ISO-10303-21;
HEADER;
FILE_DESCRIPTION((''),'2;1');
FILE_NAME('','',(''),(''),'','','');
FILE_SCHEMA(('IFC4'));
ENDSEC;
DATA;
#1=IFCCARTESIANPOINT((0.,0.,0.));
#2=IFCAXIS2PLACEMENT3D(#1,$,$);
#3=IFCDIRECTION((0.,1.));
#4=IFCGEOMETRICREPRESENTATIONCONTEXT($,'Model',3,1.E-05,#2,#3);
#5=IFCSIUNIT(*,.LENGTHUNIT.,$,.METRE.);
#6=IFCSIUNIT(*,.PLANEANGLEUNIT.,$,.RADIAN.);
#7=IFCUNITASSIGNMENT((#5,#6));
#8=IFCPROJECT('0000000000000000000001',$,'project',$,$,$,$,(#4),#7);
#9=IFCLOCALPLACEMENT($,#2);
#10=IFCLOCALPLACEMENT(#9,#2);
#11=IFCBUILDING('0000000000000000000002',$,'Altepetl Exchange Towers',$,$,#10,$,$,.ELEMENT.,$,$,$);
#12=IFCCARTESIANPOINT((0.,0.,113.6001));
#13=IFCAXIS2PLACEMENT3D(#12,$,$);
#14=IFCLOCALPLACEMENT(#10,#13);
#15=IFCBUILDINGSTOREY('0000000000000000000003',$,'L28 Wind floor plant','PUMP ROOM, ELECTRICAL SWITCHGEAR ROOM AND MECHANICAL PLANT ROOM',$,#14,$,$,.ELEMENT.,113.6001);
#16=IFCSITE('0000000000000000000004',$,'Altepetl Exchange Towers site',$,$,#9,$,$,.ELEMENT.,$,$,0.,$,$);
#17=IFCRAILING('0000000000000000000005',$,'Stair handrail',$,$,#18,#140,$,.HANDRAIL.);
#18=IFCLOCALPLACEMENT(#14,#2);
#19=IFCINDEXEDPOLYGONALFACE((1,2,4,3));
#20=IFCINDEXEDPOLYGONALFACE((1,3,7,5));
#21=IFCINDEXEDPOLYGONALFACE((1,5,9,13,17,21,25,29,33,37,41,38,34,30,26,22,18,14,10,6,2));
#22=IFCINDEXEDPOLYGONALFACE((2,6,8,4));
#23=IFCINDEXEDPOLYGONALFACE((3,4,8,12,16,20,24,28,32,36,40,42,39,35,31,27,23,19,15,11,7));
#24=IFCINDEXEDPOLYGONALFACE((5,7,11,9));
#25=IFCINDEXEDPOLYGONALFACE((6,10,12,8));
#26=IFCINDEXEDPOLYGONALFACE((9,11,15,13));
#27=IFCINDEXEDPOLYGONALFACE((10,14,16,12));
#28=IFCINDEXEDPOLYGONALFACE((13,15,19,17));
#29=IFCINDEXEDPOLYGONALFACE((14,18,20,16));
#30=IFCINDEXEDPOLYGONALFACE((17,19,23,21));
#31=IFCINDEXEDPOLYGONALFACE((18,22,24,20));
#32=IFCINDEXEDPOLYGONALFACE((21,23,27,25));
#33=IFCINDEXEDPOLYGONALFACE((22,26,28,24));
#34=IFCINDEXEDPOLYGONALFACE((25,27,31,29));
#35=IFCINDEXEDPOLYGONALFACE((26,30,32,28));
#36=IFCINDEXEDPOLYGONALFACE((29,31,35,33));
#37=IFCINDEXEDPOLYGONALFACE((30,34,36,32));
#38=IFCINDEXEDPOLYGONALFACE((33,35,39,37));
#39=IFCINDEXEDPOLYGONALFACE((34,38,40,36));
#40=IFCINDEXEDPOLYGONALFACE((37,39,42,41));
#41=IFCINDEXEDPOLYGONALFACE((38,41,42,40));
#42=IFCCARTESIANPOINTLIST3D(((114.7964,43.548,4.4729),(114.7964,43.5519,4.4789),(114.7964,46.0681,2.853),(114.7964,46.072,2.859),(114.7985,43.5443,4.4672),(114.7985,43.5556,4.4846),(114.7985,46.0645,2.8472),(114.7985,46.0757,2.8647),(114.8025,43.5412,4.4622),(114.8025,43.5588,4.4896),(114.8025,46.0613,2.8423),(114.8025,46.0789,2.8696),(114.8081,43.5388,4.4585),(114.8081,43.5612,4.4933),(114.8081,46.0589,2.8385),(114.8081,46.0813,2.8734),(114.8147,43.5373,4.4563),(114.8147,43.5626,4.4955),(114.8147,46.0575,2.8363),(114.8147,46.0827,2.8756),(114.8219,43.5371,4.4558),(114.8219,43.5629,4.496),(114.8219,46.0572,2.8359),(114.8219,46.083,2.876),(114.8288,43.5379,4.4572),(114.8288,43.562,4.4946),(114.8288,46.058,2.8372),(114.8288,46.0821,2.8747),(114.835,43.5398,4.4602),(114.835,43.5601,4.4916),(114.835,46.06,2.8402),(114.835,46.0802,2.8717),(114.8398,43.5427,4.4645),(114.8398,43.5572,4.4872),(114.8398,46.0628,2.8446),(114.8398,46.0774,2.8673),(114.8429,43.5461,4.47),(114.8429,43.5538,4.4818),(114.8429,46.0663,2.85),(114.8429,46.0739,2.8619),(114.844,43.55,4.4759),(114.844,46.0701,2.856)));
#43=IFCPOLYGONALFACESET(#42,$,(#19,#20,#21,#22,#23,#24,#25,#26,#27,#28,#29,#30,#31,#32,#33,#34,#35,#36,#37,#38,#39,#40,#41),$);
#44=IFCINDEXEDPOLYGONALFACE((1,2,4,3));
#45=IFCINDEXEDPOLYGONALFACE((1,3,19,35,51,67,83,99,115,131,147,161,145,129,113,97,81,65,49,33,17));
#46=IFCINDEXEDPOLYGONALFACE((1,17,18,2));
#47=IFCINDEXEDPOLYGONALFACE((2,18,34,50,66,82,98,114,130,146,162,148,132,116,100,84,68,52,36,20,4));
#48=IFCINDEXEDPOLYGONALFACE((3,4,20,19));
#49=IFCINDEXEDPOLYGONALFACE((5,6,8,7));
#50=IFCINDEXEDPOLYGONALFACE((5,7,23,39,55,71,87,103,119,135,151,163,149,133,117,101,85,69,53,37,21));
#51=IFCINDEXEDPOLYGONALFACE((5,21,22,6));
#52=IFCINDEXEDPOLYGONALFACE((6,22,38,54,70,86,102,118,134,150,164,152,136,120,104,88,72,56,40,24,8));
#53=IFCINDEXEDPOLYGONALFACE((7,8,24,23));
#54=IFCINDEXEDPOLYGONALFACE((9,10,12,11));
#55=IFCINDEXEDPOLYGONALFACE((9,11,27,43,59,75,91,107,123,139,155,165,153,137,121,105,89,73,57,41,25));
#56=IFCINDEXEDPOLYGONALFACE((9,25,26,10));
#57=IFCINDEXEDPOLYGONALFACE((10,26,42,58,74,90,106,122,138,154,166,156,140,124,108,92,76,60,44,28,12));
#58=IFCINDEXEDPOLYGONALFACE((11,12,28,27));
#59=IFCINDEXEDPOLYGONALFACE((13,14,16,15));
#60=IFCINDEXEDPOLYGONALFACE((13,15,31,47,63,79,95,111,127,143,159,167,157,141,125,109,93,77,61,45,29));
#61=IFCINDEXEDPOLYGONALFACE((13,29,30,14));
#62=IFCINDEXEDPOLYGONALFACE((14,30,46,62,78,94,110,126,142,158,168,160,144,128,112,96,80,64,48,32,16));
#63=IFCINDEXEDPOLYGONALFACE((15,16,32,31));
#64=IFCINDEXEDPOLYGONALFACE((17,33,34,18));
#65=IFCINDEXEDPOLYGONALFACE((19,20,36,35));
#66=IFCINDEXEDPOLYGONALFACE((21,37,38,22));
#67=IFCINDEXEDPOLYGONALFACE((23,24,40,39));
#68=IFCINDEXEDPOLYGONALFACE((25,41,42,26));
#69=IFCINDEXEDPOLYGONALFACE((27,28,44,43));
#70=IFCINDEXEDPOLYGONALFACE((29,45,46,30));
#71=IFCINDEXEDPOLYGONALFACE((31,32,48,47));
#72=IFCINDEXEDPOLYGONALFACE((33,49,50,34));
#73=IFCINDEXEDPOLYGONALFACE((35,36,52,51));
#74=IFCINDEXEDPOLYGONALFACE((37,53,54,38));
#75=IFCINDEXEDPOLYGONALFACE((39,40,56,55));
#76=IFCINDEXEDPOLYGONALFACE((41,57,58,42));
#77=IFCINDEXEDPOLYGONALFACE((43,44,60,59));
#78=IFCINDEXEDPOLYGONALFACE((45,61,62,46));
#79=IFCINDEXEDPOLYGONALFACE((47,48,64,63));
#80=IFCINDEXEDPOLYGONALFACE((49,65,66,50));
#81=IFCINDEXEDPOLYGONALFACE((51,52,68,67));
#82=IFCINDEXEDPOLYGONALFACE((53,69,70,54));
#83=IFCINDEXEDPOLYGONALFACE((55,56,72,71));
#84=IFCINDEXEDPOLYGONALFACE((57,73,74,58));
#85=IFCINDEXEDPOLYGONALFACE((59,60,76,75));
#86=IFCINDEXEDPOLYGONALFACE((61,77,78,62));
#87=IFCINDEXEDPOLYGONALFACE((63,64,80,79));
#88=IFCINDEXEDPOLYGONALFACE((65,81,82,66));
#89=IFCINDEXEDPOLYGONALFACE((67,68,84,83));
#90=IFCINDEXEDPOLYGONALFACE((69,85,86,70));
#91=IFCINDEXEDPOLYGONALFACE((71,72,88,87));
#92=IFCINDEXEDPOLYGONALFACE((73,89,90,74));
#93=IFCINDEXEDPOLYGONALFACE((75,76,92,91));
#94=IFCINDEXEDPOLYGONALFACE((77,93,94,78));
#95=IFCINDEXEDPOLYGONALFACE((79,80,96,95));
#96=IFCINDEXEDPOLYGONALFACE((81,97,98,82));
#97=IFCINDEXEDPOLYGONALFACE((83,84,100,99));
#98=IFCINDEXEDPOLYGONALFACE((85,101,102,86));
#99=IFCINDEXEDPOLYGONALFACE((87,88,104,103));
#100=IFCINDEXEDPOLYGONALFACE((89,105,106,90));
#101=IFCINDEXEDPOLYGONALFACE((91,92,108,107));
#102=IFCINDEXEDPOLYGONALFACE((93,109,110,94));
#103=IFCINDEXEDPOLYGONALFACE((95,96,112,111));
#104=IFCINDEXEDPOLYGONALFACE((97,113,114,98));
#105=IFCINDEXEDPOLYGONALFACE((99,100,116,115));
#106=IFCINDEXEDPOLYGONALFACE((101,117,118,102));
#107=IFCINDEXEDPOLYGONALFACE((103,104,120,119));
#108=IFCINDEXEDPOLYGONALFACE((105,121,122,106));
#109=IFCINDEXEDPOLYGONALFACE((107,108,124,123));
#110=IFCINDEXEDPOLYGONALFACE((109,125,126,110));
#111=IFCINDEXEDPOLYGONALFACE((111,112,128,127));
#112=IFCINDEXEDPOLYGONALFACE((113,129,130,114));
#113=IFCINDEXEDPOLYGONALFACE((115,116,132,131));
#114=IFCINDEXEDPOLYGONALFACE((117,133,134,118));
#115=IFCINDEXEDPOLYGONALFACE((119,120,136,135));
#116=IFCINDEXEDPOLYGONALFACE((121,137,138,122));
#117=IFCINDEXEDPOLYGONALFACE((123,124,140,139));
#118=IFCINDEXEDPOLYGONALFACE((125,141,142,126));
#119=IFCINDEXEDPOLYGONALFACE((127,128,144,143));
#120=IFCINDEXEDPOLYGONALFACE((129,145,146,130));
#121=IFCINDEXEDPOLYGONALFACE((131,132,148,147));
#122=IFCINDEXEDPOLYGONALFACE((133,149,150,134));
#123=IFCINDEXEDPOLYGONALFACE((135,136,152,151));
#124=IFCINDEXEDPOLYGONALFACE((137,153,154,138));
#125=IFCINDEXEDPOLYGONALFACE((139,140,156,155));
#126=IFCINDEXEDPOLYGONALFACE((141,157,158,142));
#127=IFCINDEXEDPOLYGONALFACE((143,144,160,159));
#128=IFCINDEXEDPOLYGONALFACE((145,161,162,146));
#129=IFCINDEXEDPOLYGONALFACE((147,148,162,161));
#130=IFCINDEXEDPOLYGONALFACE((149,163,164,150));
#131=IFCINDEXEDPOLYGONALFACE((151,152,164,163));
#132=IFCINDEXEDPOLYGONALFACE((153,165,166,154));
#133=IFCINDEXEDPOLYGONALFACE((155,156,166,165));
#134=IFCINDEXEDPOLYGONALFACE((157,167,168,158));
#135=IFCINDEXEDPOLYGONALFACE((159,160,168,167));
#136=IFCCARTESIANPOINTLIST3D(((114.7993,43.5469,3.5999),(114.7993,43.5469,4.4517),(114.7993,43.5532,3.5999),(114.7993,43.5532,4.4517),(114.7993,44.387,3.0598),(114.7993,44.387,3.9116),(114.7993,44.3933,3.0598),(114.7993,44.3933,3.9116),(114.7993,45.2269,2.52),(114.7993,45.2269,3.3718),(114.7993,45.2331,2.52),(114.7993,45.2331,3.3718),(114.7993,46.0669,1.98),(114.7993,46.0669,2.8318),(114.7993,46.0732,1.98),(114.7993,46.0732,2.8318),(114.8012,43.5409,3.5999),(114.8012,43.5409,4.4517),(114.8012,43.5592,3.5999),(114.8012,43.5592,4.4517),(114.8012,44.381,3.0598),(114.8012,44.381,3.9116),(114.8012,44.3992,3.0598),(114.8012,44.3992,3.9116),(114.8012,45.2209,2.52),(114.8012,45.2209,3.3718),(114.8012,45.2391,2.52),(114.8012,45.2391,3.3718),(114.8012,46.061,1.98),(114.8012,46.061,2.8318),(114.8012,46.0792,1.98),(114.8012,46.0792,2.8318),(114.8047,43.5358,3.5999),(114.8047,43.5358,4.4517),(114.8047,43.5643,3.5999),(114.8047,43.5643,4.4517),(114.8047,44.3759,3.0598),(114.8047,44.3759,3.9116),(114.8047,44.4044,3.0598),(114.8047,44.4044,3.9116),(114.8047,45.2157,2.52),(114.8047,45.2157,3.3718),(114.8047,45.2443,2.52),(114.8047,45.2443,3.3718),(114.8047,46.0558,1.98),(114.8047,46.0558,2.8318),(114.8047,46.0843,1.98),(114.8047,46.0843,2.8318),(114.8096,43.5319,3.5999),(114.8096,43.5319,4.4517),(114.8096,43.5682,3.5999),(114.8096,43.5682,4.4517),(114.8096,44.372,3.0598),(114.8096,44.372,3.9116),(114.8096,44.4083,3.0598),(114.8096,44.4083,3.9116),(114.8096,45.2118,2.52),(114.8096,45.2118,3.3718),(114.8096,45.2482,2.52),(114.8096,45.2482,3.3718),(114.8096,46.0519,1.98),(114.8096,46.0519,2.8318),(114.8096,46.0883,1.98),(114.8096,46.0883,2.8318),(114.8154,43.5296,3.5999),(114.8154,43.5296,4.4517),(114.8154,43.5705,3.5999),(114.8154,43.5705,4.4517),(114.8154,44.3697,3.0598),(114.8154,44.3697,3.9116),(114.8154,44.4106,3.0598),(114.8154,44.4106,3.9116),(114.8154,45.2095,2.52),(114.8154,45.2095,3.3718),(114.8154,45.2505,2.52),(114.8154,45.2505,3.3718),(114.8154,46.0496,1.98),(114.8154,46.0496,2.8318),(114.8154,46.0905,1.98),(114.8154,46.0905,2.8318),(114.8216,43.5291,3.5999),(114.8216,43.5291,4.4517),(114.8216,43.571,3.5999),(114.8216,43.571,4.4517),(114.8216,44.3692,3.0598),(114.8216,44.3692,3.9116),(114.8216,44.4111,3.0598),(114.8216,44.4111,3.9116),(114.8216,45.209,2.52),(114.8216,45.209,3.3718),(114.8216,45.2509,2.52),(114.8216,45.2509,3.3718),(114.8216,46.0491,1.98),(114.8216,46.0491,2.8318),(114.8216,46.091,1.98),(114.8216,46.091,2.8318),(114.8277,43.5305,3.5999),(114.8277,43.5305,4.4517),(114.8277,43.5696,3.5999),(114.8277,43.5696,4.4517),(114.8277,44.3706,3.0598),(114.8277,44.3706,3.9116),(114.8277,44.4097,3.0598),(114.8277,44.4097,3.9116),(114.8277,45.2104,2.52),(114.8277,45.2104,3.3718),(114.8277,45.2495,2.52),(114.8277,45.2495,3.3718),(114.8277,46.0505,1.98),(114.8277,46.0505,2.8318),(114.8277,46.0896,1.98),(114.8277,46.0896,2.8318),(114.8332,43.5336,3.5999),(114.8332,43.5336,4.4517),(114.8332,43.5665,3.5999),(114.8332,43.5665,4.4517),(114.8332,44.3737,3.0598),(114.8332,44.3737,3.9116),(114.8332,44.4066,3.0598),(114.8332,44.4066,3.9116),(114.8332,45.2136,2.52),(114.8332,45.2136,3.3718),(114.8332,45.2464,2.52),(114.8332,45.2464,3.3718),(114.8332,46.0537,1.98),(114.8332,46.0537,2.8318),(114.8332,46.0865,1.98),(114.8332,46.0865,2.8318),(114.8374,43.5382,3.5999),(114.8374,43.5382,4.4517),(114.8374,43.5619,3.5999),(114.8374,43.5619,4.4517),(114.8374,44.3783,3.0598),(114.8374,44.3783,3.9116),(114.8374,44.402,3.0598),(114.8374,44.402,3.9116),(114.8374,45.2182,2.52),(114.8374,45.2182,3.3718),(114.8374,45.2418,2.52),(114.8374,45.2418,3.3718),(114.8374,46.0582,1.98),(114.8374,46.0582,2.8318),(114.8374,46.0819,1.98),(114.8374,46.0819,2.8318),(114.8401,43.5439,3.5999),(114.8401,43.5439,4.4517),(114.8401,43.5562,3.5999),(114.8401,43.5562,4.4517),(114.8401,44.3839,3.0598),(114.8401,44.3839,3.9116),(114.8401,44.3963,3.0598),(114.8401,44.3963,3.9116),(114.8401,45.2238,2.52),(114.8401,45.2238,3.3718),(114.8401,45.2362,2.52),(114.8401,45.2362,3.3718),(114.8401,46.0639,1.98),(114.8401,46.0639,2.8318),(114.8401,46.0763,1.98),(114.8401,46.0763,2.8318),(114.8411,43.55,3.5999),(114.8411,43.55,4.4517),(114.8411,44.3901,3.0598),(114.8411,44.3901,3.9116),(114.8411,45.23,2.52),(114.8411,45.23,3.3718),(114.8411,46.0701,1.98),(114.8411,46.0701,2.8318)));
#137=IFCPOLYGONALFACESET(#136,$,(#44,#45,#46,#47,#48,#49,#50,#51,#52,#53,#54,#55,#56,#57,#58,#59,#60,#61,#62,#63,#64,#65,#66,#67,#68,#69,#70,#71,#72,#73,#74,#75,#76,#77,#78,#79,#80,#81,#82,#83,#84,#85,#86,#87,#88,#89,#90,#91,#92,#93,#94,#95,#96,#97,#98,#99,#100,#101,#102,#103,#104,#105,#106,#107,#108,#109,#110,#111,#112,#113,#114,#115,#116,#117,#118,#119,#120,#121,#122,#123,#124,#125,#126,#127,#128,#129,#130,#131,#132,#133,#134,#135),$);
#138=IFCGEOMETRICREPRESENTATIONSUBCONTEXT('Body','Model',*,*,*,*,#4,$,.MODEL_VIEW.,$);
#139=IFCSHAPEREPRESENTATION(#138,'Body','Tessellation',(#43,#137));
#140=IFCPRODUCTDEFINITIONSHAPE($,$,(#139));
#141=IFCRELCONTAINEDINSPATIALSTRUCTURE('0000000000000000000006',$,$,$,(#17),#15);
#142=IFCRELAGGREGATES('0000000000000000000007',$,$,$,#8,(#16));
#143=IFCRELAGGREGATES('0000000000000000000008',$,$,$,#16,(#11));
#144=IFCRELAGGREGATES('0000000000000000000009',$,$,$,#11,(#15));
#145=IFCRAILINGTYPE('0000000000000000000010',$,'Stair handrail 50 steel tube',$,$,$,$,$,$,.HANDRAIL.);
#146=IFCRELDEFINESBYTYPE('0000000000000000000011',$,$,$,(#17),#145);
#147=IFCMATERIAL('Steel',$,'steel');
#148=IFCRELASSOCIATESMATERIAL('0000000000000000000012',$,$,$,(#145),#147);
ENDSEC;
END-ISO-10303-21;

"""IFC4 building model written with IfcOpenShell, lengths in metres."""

from ifc_helpers import new_model, si_unit, direction, frame, origin, origin_2d, place, context, subcontext, project, spatial, circle, extrude, source, transform, mapped, material, type_object, element, save


model = new_model("IFC4")

# Units and contexts
model_context = context("Model", 3, precision=1e-05, world=origin(), true_north=direction((0.0, 1.0)))
body_context = subcontext(model_context, "Body", "Model", "MODEL_VIEW")
ifc_project = project(units=[si_unit("LENGTHUNIT", "METRE"), si_unit("PLANEANGLEUNIT", "RADIAN")], contexts=[model_context])

# Site, building, storey
site_placement = place(None, origin())
site = spatial("IfcSite", under=ifc_project, at=site_placement, Name="Altepetl Exchange Towers site", CompositionType="ELEMENT", RefElevation=0.0)
building_placement = place(site_placement, origin())
building = spatial("IfcBuilding", under=site, at=building_placement, Name="Altepetl Exchange Towers", CompositionType="ELEMENT")
storey_placement = place(building_placement, frame((0.0, 0.0, 113.6001)))
storey = spatial("IfcBuildingStorey", under=building, at=storey_placement, Name="L28 Wind floor plant", Description="PUMP ROOM, ELECTRICAL SWITCHGEAR ROOM AND MECHANICAL PLANT ROOM", CompositionType="ELEMENT", Elevation=113.6001)

# Railing
ifc_material_1 = material(Name="Steel", Category="steel")
railing_type_1 = type_object("IfcRailingType", Name="Stair handrail 50 steel tube", PredefinedType="HANDRAIL", material=ifc_material_1)
shared_shape_1 = source(origin(), body_context, "Body", "SweptSolid", [
    extrude(circle(Radius=0.021, at=origin_2d()), origin(), (0.0, 0.0, 1.0), 0.8518),
])
railing_1_placement = place(storey_placement, frame((114.8201, 46.0701, 1.98)))
element("IfcRailing", 1, at=railing_1_placement, inside=storey, type_object=railing_type_1, Name="Stair handrail", PredefinedType="HANDRAIL", context=body_context, shape_type="SweptSolid", body=[
    extrude(circle(Radius=0.0239, at=origin_2d()), frame((0.0, 0.0, 0.876), z_axis=(0.0, -0.8412, 0.540725), x_axis=(1.0, 0.0, 0.0)), (0.0, 0.0, 1.0), 2.9958),
    mapped(shared_shape_1, transform((0.0, 0.0, 0.0))),
    mapped(shared_shape_1, transform((0.0, -0.8401, 0.54))),
    mapped(shared_shape_1, transform((0.0, -1.6799, 1.0798))),
    mapped(shared_shape_1, transform((0.0, -2.52, 1.6199))),
])

save(model, "model.ifc")
